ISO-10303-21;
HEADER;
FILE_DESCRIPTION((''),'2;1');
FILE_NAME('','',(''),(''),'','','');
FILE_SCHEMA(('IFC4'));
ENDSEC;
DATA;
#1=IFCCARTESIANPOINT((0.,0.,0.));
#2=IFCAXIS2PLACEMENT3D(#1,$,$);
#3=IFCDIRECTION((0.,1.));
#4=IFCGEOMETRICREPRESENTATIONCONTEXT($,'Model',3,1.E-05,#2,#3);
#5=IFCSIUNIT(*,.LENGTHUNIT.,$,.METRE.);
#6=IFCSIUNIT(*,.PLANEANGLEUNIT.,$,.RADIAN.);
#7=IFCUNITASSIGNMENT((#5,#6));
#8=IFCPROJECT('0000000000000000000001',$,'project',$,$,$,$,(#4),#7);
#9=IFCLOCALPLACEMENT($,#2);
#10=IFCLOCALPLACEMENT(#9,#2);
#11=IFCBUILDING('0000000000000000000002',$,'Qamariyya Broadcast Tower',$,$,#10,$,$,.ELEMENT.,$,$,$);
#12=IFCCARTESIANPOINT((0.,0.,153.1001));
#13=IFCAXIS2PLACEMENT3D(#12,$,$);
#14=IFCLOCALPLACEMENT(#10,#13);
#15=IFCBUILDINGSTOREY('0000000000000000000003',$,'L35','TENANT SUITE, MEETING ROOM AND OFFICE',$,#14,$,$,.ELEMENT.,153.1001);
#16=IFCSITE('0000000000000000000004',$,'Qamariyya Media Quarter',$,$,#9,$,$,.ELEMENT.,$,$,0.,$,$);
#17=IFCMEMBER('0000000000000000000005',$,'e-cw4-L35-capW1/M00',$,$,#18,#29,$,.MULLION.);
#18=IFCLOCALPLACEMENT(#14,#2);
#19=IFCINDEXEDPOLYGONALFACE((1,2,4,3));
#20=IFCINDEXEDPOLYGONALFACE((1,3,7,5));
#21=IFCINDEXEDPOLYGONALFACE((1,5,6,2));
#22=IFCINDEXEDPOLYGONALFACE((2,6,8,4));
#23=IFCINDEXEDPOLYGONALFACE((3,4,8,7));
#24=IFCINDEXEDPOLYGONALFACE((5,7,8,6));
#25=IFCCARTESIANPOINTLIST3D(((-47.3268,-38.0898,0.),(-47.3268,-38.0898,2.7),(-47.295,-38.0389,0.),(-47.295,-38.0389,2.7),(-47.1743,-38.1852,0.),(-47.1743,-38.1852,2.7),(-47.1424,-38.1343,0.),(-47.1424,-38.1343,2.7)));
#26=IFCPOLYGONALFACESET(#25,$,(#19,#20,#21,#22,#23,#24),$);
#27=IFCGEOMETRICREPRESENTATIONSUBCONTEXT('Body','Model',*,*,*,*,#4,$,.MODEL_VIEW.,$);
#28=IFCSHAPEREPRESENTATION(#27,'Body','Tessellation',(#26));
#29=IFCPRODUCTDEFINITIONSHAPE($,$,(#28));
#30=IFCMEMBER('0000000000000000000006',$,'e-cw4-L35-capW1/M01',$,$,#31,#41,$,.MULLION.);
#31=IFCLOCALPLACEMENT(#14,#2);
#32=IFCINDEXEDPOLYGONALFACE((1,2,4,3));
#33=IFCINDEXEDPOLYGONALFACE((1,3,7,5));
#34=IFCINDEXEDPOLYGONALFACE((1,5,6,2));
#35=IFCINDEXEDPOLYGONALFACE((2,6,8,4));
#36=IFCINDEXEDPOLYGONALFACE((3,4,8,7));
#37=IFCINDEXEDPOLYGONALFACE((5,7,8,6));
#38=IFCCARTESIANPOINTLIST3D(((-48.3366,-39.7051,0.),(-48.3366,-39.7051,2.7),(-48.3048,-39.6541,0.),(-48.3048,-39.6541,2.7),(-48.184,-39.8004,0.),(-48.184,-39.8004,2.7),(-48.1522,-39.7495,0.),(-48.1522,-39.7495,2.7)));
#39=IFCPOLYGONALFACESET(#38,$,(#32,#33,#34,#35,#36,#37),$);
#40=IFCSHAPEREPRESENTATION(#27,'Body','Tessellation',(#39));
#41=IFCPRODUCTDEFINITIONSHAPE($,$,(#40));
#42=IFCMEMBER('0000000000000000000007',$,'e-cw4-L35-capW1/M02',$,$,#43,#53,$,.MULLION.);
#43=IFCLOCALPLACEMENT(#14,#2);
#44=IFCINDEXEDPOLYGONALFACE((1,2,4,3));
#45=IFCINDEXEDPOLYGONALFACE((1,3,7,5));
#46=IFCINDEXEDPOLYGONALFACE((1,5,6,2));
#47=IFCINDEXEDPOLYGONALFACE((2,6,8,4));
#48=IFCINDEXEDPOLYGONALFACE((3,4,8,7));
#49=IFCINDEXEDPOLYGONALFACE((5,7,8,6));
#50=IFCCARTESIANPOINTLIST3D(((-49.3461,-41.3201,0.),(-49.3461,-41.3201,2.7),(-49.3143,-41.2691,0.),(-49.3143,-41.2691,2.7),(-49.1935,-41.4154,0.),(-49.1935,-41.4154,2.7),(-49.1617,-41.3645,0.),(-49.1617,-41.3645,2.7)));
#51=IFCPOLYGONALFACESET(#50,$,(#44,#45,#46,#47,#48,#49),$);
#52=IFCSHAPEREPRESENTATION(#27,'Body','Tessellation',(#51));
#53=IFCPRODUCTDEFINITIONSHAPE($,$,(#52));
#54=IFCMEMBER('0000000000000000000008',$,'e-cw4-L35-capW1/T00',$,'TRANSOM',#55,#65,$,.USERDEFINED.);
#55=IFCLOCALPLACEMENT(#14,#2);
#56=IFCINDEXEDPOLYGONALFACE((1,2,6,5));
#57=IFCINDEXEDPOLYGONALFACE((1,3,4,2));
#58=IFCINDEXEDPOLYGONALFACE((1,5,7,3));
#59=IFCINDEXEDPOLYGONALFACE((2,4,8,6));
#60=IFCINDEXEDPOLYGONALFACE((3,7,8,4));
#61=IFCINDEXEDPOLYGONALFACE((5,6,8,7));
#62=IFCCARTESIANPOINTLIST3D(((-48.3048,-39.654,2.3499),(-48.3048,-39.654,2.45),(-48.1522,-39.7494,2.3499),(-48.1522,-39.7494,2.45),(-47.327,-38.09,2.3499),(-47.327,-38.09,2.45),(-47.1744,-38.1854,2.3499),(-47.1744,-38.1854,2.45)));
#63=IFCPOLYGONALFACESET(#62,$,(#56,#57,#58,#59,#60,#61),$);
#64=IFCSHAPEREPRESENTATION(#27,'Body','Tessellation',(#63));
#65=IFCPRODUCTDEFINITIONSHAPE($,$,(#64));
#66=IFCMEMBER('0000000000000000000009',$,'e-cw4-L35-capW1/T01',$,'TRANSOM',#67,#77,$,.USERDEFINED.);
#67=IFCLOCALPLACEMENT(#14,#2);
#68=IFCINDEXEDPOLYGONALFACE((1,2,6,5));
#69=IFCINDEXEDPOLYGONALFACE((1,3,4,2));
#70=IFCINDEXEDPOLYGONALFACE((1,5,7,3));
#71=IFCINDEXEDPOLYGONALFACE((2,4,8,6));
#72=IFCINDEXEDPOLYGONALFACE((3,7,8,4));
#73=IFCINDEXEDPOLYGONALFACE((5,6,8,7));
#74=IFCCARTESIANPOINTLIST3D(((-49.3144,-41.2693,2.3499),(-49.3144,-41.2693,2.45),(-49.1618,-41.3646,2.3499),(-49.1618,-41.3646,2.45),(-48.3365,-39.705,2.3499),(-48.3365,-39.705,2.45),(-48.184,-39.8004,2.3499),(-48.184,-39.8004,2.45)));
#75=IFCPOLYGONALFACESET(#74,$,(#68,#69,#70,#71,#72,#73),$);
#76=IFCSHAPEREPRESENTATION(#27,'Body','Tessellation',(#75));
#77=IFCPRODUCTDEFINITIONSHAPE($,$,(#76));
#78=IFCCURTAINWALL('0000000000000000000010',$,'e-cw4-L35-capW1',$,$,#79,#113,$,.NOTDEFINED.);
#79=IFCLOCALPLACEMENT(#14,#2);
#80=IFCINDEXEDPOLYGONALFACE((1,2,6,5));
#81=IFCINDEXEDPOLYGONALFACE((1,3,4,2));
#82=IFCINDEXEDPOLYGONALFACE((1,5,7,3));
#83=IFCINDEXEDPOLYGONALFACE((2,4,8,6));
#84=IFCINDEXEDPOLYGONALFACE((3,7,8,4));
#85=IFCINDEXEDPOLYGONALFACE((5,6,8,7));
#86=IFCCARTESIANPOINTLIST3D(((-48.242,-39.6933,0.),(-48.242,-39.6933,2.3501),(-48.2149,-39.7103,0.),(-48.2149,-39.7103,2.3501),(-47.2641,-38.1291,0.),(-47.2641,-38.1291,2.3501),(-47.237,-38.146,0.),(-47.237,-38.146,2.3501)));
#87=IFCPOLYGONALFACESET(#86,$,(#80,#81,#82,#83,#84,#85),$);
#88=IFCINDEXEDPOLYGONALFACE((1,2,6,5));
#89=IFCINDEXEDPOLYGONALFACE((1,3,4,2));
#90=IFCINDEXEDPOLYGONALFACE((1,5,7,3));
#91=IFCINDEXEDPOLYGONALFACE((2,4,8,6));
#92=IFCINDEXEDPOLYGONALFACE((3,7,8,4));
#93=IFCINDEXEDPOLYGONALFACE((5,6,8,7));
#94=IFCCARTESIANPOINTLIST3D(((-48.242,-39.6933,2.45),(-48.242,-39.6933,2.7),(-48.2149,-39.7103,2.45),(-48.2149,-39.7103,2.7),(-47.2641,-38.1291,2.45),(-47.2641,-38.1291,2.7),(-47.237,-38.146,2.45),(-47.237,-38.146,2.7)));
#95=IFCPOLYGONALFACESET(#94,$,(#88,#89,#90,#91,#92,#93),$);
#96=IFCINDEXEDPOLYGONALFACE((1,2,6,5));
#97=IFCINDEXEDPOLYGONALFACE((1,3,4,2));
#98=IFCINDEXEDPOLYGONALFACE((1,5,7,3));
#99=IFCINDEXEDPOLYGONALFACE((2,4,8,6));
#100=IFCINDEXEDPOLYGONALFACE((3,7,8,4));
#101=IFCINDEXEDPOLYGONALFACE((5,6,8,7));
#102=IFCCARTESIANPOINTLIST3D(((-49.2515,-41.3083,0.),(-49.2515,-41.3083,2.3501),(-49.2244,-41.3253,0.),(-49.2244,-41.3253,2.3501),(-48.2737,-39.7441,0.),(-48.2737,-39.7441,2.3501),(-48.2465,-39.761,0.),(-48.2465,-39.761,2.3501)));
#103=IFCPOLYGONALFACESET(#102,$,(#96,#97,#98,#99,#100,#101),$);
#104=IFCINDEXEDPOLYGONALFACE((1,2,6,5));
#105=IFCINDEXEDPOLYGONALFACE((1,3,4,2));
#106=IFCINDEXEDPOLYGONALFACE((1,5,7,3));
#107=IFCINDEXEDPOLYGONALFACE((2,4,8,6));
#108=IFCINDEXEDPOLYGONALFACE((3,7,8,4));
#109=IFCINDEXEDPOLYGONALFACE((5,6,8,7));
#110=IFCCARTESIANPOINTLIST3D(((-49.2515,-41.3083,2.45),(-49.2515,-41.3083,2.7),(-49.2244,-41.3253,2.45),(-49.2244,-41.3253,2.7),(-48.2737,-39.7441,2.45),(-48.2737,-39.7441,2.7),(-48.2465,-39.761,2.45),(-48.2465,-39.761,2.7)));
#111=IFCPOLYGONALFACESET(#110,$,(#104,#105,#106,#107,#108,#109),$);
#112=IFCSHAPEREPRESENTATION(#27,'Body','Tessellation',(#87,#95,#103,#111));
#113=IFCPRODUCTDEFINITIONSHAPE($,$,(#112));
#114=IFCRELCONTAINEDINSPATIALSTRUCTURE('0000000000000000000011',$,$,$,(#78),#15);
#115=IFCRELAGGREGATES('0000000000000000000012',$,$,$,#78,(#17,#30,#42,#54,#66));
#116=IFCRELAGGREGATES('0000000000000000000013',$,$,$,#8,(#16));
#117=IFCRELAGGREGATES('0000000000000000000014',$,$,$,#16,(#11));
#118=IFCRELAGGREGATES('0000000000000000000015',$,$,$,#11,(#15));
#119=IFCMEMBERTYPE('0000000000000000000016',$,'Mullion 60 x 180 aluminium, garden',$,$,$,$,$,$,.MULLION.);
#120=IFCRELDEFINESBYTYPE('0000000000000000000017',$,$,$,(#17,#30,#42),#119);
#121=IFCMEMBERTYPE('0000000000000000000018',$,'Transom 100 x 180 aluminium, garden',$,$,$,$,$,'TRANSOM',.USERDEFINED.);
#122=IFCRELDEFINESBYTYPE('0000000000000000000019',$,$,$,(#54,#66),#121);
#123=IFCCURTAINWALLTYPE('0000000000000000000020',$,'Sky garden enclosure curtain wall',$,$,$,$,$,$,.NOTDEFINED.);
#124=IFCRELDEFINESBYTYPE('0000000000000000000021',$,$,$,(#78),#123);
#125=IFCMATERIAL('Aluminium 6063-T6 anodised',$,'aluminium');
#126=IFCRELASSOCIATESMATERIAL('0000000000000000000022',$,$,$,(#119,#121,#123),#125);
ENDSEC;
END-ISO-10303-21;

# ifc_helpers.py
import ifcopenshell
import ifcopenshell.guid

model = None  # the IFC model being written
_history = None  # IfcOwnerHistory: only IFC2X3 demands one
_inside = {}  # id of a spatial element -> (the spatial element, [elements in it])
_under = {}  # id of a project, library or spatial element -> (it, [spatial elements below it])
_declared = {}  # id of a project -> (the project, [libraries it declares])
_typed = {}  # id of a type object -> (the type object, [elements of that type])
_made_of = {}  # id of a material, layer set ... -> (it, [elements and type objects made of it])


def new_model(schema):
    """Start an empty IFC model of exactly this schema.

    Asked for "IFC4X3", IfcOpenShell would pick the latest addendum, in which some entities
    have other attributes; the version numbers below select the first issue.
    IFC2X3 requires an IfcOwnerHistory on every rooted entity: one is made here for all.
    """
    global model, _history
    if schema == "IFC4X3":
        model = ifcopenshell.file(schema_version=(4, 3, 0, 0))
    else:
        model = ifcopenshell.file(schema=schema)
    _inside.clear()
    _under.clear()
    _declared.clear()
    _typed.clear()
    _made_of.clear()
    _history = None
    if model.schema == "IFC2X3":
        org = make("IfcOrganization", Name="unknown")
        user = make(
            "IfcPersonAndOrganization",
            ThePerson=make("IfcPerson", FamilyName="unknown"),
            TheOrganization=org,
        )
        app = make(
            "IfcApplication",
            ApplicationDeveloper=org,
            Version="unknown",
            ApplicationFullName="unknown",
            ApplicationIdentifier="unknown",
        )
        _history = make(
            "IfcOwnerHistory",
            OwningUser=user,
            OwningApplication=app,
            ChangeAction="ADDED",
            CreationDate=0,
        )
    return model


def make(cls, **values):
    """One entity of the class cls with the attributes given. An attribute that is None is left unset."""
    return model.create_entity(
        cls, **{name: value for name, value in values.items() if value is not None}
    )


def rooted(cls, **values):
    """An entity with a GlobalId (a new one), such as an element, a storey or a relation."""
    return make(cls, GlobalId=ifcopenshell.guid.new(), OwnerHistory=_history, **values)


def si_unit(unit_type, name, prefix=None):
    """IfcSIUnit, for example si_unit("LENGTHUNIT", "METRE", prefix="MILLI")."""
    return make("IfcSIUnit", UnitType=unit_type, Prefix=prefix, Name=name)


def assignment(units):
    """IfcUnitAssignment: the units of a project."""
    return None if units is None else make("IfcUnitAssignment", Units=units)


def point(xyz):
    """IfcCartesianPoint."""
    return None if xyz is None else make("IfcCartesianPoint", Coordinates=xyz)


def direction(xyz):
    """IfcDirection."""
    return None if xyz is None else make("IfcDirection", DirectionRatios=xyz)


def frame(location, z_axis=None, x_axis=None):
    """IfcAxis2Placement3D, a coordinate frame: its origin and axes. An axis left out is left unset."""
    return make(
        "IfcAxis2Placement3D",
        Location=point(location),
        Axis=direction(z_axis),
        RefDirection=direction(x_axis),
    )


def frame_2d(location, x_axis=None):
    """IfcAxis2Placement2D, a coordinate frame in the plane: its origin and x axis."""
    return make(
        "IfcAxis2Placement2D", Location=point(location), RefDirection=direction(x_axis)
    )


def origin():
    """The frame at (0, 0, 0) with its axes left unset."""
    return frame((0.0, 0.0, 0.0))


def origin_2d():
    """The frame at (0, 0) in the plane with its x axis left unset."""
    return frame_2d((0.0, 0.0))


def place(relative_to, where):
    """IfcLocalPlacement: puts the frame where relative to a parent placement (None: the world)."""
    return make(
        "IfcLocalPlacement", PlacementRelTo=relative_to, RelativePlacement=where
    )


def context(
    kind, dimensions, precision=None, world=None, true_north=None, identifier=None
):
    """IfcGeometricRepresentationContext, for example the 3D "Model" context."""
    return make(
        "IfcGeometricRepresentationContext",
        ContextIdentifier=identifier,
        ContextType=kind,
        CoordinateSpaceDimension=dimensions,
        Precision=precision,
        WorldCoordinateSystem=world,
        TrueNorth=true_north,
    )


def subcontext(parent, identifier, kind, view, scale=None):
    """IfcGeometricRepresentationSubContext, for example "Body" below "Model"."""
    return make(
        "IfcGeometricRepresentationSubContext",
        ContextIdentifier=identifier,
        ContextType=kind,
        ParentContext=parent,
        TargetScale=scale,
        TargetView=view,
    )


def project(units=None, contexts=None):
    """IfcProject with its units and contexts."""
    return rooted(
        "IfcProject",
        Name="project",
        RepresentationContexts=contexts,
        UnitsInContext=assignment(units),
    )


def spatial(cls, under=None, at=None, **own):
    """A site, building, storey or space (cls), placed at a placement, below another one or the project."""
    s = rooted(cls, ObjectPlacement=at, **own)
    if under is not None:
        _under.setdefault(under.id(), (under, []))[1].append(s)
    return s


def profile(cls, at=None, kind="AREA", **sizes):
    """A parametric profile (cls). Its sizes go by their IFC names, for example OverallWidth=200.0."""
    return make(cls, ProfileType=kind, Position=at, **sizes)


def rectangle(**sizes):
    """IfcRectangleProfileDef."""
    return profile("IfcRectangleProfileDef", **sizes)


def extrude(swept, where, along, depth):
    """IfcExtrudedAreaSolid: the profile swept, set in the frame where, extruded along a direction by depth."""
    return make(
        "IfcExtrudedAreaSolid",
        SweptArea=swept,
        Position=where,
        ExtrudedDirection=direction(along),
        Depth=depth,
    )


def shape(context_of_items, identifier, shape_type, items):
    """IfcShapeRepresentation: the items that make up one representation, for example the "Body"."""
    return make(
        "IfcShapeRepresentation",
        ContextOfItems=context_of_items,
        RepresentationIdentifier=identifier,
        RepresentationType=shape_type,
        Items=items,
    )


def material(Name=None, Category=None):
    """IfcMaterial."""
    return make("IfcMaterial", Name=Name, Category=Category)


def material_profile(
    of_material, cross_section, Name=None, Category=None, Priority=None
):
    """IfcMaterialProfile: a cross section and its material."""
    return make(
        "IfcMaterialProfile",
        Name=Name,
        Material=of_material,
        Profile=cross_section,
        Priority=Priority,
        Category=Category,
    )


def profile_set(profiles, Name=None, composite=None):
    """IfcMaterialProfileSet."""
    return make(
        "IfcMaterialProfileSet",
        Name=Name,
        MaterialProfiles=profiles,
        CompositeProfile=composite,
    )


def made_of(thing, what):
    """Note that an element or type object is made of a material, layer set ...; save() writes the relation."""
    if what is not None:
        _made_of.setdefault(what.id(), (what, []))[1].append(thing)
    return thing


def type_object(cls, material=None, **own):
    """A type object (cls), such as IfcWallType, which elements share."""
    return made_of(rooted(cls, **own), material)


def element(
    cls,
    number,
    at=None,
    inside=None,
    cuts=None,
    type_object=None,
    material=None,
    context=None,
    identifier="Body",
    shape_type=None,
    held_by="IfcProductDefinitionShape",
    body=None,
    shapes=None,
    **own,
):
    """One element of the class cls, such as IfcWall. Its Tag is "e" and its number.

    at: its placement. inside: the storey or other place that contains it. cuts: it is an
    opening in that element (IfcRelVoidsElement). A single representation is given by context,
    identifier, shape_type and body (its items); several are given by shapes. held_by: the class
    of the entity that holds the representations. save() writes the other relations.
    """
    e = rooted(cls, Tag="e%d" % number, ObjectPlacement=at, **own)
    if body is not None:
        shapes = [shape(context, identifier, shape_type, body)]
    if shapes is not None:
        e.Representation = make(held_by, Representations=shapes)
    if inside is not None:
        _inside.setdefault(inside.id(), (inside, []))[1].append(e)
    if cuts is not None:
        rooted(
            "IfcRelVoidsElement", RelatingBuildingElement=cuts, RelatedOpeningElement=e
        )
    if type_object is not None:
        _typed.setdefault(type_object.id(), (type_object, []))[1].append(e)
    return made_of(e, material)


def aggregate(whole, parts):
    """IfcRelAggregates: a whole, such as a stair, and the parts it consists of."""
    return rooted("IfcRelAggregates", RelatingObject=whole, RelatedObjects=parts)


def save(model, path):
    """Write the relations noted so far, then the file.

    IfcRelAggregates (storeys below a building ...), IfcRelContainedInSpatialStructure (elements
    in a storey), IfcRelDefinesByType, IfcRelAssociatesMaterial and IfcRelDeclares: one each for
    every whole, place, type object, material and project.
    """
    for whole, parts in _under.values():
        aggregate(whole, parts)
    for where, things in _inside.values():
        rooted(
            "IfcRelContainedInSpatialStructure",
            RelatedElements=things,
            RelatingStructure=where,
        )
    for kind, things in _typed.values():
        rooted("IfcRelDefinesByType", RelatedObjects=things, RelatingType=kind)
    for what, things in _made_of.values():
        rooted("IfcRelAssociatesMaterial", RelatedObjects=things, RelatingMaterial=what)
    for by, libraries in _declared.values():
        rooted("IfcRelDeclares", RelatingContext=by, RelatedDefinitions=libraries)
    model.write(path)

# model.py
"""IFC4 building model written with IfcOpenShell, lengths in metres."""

from ifc_helpers import new_model, si_unit, direction, frame, origin, origin_2d, place, context, subcontext, project, spatial, rectangle, extrude, material, material_profile, profile_set, type_object, element, aggregate, save


model = new_model("IFC4")

# Units and contexts
model_context = context("Model", 3, precision=1e-05, world=origin(), true_north=direction((0.0, 1.0)))
body_context = subcontext(model_context, "Body", "Model", "MODEL_VIEW")
ifc_project = project(units=[si_unit("LENGTHUNIT", "METRE"), si_unit("PLANEANGLEUNIT", "RADIAN")], contexts=[model_context])

# Members
ifc_material_1 = material(Name="Aluminium 6063-T6 anodised", Category="aluminium")
ifc_material_profile_1 = material_profile(ifc_material_1, rectangle(XDim=0.1799, YDim=0.0601, at=origin_2d()))
ifc_profile_set_1 = profile_set([ifc_material_profile_1], Name="Aluminium 6063-T6 anodised")
member_type_1 = type_object("IfcMemberType", Name="Mullion 60 x 180 aluminium, garden", PredefinedType="MULLION", material=ifc_profile_set_1)
site_placement = place(None, origin())
building_placement = place(site_placement, origin())
storey_placement = place(building_placement, frame((0.0, 0.0, 153.1001)))
member_1_placement = place(storey_placement, frame((-47.2346, -38.1121, 0.0), z_axis=(0.0, 0.0, 1.0), x_axis=(0.847953, -0.530072, 0.0)))
member_1 = element("IfcMember", 1, at=member_1_placement, type_object=member_type_1, Name="e-cw4-L35-capW1/M00", PredefinedType="MULLION", context=body_context, shape_type="SweptSolid", body=[
    extrude(rectangle(XDim=0.1799, YDim=0.0601, at=origin_2d()), origin(), (0.0, 0.0, 1.0), 2.7),
])
member_2_placement = place(storey_placement, frame((-48.2444, -39.7273, 0.0), z_axis=(0.0, 0.0, 1.0), x_axis=(0.847953, -0.530072, 0.0)))
member_2 = element("IfcMember", 2, at=member_2_placement, type_object=member_type_1, Name="e-cw4-L35-capW1/M01", PredefinedType="MULLION", context=body_context, shape_type="SweptSolid", body=[
    extrude(rectangle(XDim=0.1799, YDim=0.0601, at=origin_2d()), origin(), (0.0, 0.0, 1.0), 2.7),
])
member_3_placement = place(storey_placement, frame((-49.2539, -41.3423, 0.0), z_axis=(0.0, 0.0, 1.0), x_axis=(0.847953, -0.530072, 0.0)))
member_3 = element("IfcMember", 3, at=member_3_placement, type_object=member_type_1, Name="e-cw4-L35-capW1/M02", PredefinedType="MULLION", context=body_context, shape_type="SweptSolid", body=[
    extrude(rectangle(XDim=0.1799, YDim=0.0601, at=origin_2d()), origin(), (0.0, 0.0, 1.0), 2.7),
])
ifc_material_profile_2 = material_profile(ifc_material_1, rectangle(XDim=0.1799, YDim=0.1001, at=origin_2d()))
ifc_profile_set_2 = profile_set([ifc_material_profile_2], Name="Aluminium 6063-T6 anodised")
member_type_2 = type_object("IfcMemberType", Name="Transom 100 x 180 aluminium, garden", ElementType="TRANSOM", PredefinedType="USERDEFINED", material=ifc_profile_set_2)
member_4_placement = place(storey_placement, frame((-47.2507, -38.1377, 2.3999), z_axis=(-0.530118, -0.847924, 0.0), x_axis=(0.847924, -0.530118, 0.0)))
member_4 = element("IfcMember", 4, at=member_4_placement, type_object=member_type_2, Name="e-cw4-L35-capW1/T00", ObjectType="TRANSOM", PredefinedType="USERDEFINED", context=body_context, shape_type="SweptSolid", body=[
    extrude(rectangle(XDim=0.1799, YDim=0.1001, at=origin_2d()), origin(), (0.0, 0.0, 1.0), 1.8445),
])
member_5_placement = place(storey_placement, frame((-48.2603, -39.7527, 2.3999), z_axis=(-0.530058, -0.847961, 0.0), x_axis=(0.847961, -0.530058, 0.0)))
member_5 = element("IfcMember", 5, at=member_5_placement, type_object=member_type_2, Name="e-cw4-L35-capW1/T01", ObjectType="TRANSOM", PredefinedType="USERDEFINED", context=body_context, shape_type="SweptSolid", body=[
    extrude(rectangle(XDim=0.1799, YDim=0.1001, at=origin_2d()), origin(), (0.0, 0.0, 1.0), 1.8447),
])

# Site, building, storey
site = spatial("IfcSite", under=ifc_project, at=site_placement, Name="Qamariyya Media Quarter", CompositionType="ELEMENT", RefElevation=0.0)
building = spatial("IfcBuilding", under=site, at=building_placement, Name="Qamariyya Broadcast Tower", CompositionType="ELEMENT")
storey = spatial("IfcBuildingStorey", under=building, at=storey_placement, Name="L35", Description="TENANT SUITE, MEETING ROOM AND OFFICE", CompositionType="ELEMENT", Elevation=153.1001)

# Curtain wall
curtain_wall_type_1 = type_object("IfcCurtainWallType", Name="Sky garden enclosure curtain wall", PredefinedType="NOTDEFINED", material=ifc_material_1)
curtain_wall_1_placement = place(storey_placement, origin())
curtain_wall_1 = element("IfcCurtainWall", 6, at=curtain_wall_1_placement, inside=storey, type_object=curtain_wall_type_1, Name="e-cw4-L35-capW1", PredefinedType="NOTDEFINED", context=body_context, shape_type="SweptSolid", body=[
    extrude(rectangle(XDim=1.8447, YDim=0.032, at=origin_2d()), frame((-47.7395, -38.9197, 0.0), x_axis=(-0.530073, -0.847952, 0.0)), (0.0, 0.0, 1.0), 2.3501),
    extrude(rectangle(XDim=1.8447, YDim=0.032, at=origin_2d()), frame((-47.7395, -38.9197, 2.45), x_axis=(-0.530073, -0.847952, 0.0)), (0.0, 0.0, 1.0), 0.25),
    extrude(rectangle(XDim=1.8447, YDim=0.032, at=origin_2d()), frame((-48.749, -40.5347, 0.0), x_axis=(-0.530073, -0.847952, 0.0)), (0.0, 0.0, 1.0), 2.3501),
    extrude(rectangle(XDim=1.8447, YDim=0.032, at=origin_2d()), frame((-48.749, -40.5347, 2.45), x_axis=(-0.530073, -0.847952, 0.0)), (0.0, 0.0, 1.0), 0.25),
])
aggregate(curtain_wall_1, [member_1, member_2, member_3, member_4, member_5])

save(model, "model.ifc")
